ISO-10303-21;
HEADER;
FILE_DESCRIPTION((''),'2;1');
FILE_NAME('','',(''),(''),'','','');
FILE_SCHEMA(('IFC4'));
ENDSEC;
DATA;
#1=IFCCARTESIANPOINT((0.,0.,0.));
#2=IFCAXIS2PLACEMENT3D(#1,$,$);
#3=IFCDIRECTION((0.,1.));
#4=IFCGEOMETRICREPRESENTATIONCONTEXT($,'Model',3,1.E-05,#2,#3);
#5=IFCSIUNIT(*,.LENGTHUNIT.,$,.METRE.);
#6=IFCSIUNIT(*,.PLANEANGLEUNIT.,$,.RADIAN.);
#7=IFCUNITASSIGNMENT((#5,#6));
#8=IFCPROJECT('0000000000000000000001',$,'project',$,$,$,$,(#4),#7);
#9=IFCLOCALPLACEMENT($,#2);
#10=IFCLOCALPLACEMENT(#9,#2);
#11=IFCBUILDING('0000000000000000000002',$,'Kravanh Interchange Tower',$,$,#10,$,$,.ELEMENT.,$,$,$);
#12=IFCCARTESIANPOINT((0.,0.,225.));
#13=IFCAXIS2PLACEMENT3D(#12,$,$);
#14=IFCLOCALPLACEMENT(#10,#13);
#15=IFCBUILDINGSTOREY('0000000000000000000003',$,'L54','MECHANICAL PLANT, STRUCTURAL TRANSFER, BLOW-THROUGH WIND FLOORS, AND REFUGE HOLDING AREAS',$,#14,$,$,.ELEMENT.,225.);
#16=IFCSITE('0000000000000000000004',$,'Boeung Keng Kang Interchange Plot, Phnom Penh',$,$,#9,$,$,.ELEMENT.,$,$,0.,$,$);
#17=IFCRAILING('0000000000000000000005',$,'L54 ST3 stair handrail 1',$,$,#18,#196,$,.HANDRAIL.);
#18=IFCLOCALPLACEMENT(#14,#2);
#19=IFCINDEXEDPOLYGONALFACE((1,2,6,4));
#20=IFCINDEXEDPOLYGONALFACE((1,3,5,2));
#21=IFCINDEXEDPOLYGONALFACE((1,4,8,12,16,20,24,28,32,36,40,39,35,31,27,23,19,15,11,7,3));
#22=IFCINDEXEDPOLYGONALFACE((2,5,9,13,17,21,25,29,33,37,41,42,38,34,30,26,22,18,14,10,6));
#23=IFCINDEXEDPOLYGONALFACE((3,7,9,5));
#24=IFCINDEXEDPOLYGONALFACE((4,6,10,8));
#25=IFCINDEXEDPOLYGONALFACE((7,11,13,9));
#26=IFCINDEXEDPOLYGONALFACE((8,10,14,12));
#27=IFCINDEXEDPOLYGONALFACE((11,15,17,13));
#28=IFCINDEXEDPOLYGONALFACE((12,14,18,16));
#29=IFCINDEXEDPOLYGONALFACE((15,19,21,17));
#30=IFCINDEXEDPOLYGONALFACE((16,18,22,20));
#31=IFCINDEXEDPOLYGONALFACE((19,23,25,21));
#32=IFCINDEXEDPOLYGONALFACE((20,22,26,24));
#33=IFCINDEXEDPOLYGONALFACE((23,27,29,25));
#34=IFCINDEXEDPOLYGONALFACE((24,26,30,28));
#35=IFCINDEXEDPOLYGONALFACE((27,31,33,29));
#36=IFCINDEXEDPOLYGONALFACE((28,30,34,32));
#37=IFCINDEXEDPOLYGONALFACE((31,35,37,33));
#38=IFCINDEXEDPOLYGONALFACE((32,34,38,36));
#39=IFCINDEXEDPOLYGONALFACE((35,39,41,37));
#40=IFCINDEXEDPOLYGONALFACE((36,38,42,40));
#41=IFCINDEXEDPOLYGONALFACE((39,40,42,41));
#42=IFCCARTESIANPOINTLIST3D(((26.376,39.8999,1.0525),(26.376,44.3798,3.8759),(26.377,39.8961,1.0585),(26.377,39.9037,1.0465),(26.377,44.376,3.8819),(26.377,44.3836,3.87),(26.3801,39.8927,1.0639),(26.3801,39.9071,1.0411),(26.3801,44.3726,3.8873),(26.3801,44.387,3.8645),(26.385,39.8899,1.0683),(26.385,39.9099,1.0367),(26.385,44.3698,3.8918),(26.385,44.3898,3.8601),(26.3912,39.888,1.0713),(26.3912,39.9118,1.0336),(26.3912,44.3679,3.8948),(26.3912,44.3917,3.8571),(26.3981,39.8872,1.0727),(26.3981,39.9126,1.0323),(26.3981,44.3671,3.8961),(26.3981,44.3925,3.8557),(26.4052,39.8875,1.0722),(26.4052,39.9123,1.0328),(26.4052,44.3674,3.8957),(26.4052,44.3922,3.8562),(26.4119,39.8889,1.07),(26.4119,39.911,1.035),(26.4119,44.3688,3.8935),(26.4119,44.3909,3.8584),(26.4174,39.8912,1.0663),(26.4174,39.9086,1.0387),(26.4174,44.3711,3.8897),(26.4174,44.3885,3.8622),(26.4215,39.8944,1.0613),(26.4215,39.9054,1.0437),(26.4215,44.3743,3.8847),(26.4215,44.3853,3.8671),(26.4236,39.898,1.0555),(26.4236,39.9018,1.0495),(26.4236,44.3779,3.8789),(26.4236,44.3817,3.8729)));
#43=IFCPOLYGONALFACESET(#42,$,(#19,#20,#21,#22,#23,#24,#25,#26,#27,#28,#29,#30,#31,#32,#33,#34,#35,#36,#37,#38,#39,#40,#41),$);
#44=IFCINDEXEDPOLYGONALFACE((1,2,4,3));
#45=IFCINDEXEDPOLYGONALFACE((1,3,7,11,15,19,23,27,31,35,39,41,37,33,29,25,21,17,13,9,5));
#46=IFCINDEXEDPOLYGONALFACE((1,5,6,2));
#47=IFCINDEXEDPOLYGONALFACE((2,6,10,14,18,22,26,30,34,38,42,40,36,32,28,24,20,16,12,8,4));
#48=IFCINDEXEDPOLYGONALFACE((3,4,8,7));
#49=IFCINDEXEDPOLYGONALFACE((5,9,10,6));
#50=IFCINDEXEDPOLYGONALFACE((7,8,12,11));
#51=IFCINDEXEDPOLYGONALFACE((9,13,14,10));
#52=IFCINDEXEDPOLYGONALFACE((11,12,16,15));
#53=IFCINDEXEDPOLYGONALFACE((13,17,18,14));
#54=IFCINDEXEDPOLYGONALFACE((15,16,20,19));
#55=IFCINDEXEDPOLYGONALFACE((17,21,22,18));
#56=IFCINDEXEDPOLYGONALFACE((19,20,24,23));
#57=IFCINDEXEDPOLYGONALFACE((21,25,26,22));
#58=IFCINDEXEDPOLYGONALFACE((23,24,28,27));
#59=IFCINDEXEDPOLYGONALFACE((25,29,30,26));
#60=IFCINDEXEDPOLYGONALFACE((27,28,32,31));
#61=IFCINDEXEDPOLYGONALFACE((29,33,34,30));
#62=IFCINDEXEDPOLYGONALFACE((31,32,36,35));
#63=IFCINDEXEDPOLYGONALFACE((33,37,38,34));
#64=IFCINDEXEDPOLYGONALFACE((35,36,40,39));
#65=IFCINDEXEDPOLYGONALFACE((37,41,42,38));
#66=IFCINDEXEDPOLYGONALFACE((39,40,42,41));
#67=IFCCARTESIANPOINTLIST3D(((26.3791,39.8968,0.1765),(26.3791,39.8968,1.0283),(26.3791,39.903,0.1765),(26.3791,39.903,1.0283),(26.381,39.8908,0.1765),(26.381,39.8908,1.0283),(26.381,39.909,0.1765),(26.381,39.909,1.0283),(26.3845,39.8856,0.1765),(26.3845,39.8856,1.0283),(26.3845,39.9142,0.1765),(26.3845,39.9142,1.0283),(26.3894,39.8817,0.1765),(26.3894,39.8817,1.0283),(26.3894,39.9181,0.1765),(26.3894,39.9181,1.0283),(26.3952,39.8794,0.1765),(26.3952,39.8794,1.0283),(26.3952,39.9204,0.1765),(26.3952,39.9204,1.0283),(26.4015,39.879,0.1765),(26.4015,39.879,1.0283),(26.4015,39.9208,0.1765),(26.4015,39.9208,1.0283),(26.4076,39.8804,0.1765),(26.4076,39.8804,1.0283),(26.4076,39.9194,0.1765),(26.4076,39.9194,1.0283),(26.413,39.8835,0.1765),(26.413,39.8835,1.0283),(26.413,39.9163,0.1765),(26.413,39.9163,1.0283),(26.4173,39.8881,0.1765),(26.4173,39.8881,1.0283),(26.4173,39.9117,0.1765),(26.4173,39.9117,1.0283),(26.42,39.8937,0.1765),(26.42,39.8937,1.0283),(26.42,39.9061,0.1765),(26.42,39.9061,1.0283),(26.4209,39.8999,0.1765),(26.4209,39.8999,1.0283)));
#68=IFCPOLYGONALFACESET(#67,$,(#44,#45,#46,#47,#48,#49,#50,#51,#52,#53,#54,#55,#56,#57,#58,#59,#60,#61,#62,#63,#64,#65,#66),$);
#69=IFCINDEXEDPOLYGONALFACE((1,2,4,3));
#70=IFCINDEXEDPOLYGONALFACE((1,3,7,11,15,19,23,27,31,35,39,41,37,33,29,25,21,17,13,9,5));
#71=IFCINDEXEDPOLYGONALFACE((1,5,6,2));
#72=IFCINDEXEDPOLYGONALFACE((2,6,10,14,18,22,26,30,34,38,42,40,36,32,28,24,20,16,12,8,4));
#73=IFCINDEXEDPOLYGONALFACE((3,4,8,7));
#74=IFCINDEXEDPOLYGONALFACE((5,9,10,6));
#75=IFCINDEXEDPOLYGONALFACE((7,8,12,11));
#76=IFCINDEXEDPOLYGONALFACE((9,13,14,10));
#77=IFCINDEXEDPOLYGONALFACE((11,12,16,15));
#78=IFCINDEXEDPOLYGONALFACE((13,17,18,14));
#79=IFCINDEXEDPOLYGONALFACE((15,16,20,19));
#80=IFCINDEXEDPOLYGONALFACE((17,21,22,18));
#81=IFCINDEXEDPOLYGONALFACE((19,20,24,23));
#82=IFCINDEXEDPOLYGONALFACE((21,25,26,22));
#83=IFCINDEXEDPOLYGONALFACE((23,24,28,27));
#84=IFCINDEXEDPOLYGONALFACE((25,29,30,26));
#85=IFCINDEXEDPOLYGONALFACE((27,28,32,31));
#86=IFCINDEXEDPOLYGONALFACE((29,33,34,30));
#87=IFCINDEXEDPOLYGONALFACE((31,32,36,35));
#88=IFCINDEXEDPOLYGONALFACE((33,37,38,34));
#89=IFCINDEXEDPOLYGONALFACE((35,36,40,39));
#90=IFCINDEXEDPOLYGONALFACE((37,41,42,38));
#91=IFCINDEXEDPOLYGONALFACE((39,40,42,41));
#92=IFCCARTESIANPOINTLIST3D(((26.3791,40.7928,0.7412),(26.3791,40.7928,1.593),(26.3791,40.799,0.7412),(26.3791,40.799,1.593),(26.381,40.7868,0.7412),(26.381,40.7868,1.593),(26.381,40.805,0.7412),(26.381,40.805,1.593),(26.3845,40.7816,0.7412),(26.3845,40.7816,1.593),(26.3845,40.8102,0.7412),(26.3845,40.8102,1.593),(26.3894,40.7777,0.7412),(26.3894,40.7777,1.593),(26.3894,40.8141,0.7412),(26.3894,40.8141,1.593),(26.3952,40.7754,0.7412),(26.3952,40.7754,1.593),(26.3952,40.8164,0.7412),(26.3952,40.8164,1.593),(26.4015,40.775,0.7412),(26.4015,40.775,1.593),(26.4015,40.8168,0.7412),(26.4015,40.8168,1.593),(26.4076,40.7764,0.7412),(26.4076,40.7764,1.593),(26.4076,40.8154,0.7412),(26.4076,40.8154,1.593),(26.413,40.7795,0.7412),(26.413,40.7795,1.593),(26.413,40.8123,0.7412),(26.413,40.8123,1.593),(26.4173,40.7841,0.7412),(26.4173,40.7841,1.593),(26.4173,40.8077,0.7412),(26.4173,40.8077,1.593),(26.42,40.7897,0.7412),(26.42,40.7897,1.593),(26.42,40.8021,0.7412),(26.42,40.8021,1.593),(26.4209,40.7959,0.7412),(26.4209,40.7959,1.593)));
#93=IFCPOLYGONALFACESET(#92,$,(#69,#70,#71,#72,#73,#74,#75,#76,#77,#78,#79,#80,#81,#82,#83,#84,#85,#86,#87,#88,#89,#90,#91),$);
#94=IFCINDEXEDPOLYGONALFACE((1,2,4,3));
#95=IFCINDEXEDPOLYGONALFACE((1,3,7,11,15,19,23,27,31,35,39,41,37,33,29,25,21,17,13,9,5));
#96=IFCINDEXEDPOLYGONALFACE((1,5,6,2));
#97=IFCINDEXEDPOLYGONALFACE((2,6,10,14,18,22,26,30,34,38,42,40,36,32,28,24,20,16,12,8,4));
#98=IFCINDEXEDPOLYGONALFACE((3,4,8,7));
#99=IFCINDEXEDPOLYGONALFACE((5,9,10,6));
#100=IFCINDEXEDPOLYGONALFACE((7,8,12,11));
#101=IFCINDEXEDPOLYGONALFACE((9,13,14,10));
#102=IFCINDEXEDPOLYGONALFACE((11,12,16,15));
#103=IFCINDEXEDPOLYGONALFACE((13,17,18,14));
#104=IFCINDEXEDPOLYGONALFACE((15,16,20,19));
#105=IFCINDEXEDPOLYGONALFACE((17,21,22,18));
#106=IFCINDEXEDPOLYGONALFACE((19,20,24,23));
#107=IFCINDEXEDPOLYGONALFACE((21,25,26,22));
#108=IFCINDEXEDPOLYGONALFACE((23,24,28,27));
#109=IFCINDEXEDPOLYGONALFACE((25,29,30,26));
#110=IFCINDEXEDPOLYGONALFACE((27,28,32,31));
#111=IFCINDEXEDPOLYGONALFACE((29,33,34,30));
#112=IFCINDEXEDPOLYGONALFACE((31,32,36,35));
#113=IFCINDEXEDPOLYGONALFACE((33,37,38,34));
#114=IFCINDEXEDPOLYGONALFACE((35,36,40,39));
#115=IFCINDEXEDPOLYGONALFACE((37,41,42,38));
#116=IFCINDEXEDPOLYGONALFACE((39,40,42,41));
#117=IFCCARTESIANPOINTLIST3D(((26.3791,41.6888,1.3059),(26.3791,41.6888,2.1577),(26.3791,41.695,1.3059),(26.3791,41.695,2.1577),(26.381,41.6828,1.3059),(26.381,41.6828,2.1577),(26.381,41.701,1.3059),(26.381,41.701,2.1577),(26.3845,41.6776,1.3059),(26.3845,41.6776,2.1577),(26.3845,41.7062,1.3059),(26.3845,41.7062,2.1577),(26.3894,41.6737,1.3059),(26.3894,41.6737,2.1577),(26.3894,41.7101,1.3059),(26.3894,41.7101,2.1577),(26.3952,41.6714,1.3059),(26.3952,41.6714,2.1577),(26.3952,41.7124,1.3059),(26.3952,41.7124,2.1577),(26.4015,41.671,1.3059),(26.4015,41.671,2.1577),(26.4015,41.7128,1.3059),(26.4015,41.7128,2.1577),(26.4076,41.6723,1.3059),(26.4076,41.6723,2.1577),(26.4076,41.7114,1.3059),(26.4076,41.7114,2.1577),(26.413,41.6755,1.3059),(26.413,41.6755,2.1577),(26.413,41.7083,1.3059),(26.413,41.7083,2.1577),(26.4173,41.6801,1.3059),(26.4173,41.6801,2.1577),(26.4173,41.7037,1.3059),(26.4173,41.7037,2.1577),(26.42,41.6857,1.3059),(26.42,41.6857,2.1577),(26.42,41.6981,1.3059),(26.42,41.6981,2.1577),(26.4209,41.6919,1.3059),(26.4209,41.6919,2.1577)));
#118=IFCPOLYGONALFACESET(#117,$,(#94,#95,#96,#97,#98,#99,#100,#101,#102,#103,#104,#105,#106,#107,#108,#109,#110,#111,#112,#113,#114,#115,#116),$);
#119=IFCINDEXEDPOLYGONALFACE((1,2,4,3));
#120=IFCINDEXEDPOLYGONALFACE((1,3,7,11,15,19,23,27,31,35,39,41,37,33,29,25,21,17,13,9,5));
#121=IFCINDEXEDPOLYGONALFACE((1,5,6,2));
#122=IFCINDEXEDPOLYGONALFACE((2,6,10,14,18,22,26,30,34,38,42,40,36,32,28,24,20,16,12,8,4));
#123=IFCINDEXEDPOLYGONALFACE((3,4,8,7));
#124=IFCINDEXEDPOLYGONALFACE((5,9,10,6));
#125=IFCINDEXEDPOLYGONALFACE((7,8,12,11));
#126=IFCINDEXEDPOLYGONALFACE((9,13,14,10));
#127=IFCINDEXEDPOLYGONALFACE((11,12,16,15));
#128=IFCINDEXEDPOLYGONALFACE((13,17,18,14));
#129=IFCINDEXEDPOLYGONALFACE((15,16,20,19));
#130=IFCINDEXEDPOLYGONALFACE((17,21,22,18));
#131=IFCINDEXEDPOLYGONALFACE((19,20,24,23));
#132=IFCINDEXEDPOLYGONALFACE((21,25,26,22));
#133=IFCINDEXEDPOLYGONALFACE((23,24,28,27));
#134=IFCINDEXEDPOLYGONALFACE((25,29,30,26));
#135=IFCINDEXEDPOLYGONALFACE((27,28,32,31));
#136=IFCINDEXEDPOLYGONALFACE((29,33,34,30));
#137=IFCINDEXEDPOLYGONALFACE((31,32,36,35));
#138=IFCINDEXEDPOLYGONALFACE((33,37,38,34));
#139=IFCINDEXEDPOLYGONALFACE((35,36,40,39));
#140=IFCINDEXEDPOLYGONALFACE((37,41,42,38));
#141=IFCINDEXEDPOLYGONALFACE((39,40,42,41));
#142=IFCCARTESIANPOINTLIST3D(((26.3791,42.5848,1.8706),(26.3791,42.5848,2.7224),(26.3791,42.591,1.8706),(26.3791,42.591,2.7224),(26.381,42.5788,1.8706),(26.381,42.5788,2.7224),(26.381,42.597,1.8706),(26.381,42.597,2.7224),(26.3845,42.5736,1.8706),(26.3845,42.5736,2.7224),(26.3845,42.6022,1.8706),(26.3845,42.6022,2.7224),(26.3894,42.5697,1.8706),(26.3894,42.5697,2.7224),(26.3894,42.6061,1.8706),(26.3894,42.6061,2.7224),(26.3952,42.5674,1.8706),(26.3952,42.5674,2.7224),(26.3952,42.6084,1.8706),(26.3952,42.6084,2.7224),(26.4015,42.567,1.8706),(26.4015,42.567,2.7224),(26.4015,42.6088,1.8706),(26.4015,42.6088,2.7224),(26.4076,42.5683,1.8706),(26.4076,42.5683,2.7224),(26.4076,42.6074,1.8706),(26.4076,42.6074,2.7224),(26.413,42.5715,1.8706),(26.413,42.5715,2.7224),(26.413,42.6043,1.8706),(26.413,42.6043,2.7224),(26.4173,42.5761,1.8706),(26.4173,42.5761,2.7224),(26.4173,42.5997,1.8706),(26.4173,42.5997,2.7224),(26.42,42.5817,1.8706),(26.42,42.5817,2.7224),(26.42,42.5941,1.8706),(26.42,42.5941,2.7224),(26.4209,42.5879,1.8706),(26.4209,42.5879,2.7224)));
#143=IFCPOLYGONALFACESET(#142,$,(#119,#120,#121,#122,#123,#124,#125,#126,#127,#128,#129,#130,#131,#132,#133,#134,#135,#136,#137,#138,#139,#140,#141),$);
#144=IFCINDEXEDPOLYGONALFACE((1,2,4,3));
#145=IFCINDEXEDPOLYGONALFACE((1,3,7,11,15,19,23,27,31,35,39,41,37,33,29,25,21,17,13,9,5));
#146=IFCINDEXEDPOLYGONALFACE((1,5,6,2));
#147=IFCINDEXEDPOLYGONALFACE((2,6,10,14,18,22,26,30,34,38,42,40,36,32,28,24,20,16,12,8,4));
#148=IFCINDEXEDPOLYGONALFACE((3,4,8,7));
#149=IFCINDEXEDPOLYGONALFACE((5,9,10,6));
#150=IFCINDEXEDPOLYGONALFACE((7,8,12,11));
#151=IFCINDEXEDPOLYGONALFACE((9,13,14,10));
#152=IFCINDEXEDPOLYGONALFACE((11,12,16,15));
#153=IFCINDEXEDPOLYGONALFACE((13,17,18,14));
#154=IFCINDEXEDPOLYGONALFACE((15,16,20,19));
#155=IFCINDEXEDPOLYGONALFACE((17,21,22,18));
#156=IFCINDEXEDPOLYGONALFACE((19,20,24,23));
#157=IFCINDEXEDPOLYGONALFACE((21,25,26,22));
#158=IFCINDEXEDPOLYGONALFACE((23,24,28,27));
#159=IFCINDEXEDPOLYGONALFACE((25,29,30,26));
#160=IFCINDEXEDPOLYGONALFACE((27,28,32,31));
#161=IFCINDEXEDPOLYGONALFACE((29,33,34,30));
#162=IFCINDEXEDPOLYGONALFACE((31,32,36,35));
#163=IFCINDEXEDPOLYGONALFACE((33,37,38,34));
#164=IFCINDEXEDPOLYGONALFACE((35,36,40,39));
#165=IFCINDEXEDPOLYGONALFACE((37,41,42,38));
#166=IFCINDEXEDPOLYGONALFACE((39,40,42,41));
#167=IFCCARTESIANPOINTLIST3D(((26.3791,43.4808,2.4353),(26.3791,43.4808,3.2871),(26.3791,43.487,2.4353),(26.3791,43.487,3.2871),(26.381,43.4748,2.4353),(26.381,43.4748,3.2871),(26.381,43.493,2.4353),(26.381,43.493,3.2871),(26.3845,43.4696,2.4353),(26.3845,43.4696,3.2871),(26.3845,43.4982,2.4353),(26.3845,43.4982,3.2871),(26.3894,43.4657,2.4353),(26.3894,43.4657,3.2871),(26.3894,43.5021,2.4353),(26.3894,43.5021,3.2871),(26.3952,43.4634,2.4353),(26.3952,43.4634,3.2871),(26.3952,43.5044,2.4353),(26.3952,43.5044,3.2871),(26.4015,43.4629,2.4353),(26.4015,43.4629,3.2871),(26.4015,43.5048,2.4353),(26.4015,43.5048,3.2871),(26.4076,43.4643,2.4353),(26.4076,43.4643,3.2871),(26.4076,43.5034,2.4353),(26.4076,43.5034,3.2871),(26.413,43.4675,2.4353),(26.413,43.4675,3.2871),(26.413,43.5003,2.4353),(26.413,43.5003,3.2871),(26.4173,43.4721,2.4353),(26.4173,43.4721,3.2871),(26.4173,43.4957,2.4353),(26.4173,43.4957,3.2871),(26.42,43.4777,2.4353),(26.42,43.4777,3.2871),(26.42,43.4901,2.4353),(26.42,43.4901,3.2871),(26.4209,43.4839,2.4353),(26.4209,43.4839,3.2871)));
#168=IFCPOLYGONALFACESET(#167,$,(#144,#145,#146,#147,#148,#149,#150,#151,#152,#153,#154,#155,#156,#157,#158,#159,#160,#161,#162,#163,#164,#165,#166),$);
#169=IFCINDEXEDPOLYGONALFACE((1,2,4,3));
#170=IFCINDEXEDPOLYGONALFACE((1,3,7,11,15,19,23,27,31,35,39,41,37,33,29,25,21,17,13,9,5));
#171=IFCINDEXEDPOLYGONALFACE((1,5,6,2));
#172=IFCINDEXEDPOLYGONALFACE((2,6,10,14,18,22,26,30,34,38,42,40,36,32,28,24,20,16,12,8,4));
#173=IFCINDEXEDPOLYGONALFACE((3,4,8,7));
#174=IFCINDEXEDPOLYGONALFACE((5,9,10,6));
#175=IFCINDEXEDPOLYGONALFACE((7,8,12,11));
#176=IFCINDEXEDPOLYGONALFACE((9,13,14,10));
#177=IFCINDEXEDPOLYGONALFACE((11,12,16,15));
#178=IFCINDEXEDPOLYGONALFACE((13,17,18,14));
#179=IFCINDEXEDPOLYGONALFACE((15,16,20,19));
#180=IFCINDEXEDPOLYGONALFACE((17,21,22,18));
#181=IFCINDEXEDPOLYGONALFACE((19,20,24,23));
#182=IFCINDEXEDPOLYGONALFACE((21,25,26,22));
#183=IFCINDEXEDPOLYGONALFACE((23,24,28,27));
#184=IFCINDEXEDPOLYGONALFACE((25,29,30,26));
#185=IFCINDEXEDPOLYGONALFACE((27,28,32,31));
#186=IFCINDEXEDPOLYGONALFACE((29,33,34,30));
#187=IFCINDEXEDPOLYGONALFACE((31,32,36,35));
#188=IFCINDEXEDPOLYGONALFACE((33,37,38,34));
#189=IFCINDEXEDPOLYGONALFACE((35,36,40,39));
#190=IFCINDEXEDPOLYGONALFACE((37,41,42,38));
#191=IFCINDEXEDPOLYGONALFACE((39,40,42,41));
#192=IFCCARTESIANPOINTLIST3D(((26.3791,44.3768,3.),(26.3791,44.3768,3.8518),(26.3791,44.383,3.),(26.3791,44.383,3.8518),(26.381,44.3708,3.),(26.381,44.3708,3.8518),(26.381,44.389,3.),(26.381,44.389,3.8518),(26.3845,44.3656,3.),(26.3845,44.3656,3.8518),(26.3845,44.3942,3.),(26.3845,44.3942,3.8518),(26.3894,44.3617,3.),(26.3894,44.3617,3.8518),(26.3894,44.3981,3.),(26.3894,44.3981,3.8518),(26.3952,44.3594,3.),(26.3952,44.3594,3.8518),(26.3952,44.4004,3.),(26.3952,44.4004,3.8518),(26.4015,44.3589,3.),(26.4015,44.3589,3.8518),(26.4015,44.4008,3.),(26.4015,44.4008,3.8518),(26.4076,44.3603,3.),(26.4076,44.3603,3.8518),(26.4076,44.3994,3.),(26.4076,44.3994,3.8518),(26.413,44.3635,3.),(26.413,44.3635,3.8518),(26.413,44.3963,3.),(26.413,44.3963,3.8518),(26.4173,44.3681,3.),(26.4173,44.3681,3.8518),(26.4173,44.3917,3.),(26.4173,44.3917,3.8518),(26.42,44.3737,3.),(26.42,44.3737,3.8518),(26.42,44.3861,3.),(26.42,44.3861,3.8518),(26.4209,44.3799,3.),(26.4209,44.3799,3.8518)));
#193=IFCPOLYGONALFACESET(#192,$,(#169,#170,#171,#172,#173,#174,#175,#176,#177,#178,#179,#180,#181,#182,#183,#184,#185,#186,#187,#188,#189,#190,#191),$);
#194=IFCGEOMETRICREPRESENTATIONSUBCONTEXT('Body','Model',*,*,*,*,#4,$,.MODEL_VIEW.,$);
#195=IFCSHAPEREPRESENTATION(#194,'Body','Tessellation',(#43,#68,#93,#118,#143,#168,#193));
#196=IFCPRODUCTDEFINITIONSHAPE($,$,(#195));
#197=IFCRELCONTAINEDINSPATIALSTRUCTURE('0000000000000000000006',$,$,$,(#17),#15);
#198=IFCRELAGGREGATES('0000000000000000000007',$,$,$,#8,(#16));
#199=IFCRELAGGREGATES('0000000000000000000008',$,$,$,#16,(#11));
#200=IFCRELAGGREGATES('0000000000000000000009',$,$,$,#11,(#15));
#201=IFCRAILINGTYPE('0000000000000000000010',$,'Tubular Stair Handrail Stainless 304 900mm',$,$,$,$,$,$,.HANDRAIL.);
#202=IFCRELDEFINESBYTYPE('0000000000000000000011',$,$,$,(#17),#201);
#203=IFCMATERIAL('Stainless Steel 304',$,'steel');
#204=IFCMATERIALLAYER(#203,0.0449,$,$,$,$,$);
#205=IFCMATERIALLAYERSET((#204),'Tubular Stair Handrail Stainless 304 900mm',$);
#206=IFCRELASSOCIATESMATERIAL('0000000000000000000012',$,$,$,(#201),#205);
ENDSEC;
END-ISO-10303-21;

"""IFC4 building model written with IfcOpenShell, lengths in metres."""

from ifc_helpers import new_model, si_unit, direction, frame, origin, origin_2d, place, context, subcontext, project, spatial, circle, extrude, material, layer, layer_set, type_object, element, save


model = new_model("IFC4")

# Units and contexts
model_context = context("Model", 3, precision=1e-05, world=origin(), true_north=direction((0.0, 1.0)))
body_context = subcontext(model_context, "Body", "Model", "MODEL_VIEW")
ifc_project = project(units=[si_unit("LENGTHUNIT", "METRE"), si_unit("PLANEANGLEUNIT", "RADIAN")], contexts=[model_context])

# Site, building, storey
site_placement = place(None, origin())
site = spatial("IfcSite", under=ifc_project, at=site_placement, Name="Boeung Keng Kang Interchange Plot, Phnom Penh", CompositionType="ELEMENT", RefElevation=0.0)
building_placement = place(site_placement, origin())
building = spatial("IfcBuilding", under=site, at=building_placement, Name="Kravanh Interchange Tower", CompositionType="ELEMENT")
storey_placement = place(building_placement, frame((0.0, 0.0, 225.0)))
storey = spatial("IfcBuildingStorey", under=building, at=storey_placement, Name="L54", Description="MECHANICAL PLANT, STRUCTURAL TRANSFER, BLOW-THROUGH WIND FLOORS, AND REFUGE HOLDING AREAS", CompositionType="ELEMENT", Elevation=225.0)

# Railing
ifc_material_1 = material(Name="Stainless Steel 304", Category="steel")
ifc_layer_1 = layer(ifc_material_1, 0.0449)
ifc_layer_set_1 = layer_set([ifc_layer_1], Name="Tubular Stair Handrail Stainless 304 900mm")
railing_type_1 = type_object("IfcRailingType", Name="Tubular Stair Handrail Stainless 304 900mm", PredefinedType="HANDRAIL", material=ifc_layer_set_1)
railing_1_placement = place(storey_placement, frame((26.3999, 39.8999, 0.1765)))
element("IfcRailing", 1, at=railing_1_placement, inside=storey, type_object=railing_type_1, Name="L54 ST3 stair handrail 1", PredefinedType="HANDRAIL", context=body_context, shape_type="SweptSolid", body=[
    extrude(circle(Radius=0.0239, at=origin_2d()), frame((0.0, 0.0, 0.876), z_axis=(0.0, 0.845998, 0.533186), x_axis=(-1.0, 0.0, 0.0)), (0.0, 0.0, 1.0), 5.2954),
    extrude(circle(Radius=0.021, at=origin_2d()), origin(), (0.0, 0.0, 1.0), 0.8518),
    extrude(circle(Radius=0.021, at=origin_2d()), frame((0.0, 0.896, 0.5647)), (0.0, 0.0, 1.0), 0.8518),
    extrude(circle(Radius=0.021, at=origin_2d()), frame((0.0, 1.792, 1.1294)), (0.0, 0.0, 1.0), 0.8518),
    extrude(circle(Radius=0.021, at=origin_2d()), frame((0.0, 2.688, 1.6941)), (0.0, 0.0, 1.0), 0.8518),
    extrude(circle(Radius=0.021, at=origin_2d()), frame((0.0, 3.584, 2.2588)), (0.0, 0.0, 1.0), 0.8518),
    extrude(circle(Radius=0.021, at=origin_2d()), frame((0.0, 4.48, 2.8235)), (0.0, 0.0, 1.0), 0.8518),
])

save(model, "model.ifc")
